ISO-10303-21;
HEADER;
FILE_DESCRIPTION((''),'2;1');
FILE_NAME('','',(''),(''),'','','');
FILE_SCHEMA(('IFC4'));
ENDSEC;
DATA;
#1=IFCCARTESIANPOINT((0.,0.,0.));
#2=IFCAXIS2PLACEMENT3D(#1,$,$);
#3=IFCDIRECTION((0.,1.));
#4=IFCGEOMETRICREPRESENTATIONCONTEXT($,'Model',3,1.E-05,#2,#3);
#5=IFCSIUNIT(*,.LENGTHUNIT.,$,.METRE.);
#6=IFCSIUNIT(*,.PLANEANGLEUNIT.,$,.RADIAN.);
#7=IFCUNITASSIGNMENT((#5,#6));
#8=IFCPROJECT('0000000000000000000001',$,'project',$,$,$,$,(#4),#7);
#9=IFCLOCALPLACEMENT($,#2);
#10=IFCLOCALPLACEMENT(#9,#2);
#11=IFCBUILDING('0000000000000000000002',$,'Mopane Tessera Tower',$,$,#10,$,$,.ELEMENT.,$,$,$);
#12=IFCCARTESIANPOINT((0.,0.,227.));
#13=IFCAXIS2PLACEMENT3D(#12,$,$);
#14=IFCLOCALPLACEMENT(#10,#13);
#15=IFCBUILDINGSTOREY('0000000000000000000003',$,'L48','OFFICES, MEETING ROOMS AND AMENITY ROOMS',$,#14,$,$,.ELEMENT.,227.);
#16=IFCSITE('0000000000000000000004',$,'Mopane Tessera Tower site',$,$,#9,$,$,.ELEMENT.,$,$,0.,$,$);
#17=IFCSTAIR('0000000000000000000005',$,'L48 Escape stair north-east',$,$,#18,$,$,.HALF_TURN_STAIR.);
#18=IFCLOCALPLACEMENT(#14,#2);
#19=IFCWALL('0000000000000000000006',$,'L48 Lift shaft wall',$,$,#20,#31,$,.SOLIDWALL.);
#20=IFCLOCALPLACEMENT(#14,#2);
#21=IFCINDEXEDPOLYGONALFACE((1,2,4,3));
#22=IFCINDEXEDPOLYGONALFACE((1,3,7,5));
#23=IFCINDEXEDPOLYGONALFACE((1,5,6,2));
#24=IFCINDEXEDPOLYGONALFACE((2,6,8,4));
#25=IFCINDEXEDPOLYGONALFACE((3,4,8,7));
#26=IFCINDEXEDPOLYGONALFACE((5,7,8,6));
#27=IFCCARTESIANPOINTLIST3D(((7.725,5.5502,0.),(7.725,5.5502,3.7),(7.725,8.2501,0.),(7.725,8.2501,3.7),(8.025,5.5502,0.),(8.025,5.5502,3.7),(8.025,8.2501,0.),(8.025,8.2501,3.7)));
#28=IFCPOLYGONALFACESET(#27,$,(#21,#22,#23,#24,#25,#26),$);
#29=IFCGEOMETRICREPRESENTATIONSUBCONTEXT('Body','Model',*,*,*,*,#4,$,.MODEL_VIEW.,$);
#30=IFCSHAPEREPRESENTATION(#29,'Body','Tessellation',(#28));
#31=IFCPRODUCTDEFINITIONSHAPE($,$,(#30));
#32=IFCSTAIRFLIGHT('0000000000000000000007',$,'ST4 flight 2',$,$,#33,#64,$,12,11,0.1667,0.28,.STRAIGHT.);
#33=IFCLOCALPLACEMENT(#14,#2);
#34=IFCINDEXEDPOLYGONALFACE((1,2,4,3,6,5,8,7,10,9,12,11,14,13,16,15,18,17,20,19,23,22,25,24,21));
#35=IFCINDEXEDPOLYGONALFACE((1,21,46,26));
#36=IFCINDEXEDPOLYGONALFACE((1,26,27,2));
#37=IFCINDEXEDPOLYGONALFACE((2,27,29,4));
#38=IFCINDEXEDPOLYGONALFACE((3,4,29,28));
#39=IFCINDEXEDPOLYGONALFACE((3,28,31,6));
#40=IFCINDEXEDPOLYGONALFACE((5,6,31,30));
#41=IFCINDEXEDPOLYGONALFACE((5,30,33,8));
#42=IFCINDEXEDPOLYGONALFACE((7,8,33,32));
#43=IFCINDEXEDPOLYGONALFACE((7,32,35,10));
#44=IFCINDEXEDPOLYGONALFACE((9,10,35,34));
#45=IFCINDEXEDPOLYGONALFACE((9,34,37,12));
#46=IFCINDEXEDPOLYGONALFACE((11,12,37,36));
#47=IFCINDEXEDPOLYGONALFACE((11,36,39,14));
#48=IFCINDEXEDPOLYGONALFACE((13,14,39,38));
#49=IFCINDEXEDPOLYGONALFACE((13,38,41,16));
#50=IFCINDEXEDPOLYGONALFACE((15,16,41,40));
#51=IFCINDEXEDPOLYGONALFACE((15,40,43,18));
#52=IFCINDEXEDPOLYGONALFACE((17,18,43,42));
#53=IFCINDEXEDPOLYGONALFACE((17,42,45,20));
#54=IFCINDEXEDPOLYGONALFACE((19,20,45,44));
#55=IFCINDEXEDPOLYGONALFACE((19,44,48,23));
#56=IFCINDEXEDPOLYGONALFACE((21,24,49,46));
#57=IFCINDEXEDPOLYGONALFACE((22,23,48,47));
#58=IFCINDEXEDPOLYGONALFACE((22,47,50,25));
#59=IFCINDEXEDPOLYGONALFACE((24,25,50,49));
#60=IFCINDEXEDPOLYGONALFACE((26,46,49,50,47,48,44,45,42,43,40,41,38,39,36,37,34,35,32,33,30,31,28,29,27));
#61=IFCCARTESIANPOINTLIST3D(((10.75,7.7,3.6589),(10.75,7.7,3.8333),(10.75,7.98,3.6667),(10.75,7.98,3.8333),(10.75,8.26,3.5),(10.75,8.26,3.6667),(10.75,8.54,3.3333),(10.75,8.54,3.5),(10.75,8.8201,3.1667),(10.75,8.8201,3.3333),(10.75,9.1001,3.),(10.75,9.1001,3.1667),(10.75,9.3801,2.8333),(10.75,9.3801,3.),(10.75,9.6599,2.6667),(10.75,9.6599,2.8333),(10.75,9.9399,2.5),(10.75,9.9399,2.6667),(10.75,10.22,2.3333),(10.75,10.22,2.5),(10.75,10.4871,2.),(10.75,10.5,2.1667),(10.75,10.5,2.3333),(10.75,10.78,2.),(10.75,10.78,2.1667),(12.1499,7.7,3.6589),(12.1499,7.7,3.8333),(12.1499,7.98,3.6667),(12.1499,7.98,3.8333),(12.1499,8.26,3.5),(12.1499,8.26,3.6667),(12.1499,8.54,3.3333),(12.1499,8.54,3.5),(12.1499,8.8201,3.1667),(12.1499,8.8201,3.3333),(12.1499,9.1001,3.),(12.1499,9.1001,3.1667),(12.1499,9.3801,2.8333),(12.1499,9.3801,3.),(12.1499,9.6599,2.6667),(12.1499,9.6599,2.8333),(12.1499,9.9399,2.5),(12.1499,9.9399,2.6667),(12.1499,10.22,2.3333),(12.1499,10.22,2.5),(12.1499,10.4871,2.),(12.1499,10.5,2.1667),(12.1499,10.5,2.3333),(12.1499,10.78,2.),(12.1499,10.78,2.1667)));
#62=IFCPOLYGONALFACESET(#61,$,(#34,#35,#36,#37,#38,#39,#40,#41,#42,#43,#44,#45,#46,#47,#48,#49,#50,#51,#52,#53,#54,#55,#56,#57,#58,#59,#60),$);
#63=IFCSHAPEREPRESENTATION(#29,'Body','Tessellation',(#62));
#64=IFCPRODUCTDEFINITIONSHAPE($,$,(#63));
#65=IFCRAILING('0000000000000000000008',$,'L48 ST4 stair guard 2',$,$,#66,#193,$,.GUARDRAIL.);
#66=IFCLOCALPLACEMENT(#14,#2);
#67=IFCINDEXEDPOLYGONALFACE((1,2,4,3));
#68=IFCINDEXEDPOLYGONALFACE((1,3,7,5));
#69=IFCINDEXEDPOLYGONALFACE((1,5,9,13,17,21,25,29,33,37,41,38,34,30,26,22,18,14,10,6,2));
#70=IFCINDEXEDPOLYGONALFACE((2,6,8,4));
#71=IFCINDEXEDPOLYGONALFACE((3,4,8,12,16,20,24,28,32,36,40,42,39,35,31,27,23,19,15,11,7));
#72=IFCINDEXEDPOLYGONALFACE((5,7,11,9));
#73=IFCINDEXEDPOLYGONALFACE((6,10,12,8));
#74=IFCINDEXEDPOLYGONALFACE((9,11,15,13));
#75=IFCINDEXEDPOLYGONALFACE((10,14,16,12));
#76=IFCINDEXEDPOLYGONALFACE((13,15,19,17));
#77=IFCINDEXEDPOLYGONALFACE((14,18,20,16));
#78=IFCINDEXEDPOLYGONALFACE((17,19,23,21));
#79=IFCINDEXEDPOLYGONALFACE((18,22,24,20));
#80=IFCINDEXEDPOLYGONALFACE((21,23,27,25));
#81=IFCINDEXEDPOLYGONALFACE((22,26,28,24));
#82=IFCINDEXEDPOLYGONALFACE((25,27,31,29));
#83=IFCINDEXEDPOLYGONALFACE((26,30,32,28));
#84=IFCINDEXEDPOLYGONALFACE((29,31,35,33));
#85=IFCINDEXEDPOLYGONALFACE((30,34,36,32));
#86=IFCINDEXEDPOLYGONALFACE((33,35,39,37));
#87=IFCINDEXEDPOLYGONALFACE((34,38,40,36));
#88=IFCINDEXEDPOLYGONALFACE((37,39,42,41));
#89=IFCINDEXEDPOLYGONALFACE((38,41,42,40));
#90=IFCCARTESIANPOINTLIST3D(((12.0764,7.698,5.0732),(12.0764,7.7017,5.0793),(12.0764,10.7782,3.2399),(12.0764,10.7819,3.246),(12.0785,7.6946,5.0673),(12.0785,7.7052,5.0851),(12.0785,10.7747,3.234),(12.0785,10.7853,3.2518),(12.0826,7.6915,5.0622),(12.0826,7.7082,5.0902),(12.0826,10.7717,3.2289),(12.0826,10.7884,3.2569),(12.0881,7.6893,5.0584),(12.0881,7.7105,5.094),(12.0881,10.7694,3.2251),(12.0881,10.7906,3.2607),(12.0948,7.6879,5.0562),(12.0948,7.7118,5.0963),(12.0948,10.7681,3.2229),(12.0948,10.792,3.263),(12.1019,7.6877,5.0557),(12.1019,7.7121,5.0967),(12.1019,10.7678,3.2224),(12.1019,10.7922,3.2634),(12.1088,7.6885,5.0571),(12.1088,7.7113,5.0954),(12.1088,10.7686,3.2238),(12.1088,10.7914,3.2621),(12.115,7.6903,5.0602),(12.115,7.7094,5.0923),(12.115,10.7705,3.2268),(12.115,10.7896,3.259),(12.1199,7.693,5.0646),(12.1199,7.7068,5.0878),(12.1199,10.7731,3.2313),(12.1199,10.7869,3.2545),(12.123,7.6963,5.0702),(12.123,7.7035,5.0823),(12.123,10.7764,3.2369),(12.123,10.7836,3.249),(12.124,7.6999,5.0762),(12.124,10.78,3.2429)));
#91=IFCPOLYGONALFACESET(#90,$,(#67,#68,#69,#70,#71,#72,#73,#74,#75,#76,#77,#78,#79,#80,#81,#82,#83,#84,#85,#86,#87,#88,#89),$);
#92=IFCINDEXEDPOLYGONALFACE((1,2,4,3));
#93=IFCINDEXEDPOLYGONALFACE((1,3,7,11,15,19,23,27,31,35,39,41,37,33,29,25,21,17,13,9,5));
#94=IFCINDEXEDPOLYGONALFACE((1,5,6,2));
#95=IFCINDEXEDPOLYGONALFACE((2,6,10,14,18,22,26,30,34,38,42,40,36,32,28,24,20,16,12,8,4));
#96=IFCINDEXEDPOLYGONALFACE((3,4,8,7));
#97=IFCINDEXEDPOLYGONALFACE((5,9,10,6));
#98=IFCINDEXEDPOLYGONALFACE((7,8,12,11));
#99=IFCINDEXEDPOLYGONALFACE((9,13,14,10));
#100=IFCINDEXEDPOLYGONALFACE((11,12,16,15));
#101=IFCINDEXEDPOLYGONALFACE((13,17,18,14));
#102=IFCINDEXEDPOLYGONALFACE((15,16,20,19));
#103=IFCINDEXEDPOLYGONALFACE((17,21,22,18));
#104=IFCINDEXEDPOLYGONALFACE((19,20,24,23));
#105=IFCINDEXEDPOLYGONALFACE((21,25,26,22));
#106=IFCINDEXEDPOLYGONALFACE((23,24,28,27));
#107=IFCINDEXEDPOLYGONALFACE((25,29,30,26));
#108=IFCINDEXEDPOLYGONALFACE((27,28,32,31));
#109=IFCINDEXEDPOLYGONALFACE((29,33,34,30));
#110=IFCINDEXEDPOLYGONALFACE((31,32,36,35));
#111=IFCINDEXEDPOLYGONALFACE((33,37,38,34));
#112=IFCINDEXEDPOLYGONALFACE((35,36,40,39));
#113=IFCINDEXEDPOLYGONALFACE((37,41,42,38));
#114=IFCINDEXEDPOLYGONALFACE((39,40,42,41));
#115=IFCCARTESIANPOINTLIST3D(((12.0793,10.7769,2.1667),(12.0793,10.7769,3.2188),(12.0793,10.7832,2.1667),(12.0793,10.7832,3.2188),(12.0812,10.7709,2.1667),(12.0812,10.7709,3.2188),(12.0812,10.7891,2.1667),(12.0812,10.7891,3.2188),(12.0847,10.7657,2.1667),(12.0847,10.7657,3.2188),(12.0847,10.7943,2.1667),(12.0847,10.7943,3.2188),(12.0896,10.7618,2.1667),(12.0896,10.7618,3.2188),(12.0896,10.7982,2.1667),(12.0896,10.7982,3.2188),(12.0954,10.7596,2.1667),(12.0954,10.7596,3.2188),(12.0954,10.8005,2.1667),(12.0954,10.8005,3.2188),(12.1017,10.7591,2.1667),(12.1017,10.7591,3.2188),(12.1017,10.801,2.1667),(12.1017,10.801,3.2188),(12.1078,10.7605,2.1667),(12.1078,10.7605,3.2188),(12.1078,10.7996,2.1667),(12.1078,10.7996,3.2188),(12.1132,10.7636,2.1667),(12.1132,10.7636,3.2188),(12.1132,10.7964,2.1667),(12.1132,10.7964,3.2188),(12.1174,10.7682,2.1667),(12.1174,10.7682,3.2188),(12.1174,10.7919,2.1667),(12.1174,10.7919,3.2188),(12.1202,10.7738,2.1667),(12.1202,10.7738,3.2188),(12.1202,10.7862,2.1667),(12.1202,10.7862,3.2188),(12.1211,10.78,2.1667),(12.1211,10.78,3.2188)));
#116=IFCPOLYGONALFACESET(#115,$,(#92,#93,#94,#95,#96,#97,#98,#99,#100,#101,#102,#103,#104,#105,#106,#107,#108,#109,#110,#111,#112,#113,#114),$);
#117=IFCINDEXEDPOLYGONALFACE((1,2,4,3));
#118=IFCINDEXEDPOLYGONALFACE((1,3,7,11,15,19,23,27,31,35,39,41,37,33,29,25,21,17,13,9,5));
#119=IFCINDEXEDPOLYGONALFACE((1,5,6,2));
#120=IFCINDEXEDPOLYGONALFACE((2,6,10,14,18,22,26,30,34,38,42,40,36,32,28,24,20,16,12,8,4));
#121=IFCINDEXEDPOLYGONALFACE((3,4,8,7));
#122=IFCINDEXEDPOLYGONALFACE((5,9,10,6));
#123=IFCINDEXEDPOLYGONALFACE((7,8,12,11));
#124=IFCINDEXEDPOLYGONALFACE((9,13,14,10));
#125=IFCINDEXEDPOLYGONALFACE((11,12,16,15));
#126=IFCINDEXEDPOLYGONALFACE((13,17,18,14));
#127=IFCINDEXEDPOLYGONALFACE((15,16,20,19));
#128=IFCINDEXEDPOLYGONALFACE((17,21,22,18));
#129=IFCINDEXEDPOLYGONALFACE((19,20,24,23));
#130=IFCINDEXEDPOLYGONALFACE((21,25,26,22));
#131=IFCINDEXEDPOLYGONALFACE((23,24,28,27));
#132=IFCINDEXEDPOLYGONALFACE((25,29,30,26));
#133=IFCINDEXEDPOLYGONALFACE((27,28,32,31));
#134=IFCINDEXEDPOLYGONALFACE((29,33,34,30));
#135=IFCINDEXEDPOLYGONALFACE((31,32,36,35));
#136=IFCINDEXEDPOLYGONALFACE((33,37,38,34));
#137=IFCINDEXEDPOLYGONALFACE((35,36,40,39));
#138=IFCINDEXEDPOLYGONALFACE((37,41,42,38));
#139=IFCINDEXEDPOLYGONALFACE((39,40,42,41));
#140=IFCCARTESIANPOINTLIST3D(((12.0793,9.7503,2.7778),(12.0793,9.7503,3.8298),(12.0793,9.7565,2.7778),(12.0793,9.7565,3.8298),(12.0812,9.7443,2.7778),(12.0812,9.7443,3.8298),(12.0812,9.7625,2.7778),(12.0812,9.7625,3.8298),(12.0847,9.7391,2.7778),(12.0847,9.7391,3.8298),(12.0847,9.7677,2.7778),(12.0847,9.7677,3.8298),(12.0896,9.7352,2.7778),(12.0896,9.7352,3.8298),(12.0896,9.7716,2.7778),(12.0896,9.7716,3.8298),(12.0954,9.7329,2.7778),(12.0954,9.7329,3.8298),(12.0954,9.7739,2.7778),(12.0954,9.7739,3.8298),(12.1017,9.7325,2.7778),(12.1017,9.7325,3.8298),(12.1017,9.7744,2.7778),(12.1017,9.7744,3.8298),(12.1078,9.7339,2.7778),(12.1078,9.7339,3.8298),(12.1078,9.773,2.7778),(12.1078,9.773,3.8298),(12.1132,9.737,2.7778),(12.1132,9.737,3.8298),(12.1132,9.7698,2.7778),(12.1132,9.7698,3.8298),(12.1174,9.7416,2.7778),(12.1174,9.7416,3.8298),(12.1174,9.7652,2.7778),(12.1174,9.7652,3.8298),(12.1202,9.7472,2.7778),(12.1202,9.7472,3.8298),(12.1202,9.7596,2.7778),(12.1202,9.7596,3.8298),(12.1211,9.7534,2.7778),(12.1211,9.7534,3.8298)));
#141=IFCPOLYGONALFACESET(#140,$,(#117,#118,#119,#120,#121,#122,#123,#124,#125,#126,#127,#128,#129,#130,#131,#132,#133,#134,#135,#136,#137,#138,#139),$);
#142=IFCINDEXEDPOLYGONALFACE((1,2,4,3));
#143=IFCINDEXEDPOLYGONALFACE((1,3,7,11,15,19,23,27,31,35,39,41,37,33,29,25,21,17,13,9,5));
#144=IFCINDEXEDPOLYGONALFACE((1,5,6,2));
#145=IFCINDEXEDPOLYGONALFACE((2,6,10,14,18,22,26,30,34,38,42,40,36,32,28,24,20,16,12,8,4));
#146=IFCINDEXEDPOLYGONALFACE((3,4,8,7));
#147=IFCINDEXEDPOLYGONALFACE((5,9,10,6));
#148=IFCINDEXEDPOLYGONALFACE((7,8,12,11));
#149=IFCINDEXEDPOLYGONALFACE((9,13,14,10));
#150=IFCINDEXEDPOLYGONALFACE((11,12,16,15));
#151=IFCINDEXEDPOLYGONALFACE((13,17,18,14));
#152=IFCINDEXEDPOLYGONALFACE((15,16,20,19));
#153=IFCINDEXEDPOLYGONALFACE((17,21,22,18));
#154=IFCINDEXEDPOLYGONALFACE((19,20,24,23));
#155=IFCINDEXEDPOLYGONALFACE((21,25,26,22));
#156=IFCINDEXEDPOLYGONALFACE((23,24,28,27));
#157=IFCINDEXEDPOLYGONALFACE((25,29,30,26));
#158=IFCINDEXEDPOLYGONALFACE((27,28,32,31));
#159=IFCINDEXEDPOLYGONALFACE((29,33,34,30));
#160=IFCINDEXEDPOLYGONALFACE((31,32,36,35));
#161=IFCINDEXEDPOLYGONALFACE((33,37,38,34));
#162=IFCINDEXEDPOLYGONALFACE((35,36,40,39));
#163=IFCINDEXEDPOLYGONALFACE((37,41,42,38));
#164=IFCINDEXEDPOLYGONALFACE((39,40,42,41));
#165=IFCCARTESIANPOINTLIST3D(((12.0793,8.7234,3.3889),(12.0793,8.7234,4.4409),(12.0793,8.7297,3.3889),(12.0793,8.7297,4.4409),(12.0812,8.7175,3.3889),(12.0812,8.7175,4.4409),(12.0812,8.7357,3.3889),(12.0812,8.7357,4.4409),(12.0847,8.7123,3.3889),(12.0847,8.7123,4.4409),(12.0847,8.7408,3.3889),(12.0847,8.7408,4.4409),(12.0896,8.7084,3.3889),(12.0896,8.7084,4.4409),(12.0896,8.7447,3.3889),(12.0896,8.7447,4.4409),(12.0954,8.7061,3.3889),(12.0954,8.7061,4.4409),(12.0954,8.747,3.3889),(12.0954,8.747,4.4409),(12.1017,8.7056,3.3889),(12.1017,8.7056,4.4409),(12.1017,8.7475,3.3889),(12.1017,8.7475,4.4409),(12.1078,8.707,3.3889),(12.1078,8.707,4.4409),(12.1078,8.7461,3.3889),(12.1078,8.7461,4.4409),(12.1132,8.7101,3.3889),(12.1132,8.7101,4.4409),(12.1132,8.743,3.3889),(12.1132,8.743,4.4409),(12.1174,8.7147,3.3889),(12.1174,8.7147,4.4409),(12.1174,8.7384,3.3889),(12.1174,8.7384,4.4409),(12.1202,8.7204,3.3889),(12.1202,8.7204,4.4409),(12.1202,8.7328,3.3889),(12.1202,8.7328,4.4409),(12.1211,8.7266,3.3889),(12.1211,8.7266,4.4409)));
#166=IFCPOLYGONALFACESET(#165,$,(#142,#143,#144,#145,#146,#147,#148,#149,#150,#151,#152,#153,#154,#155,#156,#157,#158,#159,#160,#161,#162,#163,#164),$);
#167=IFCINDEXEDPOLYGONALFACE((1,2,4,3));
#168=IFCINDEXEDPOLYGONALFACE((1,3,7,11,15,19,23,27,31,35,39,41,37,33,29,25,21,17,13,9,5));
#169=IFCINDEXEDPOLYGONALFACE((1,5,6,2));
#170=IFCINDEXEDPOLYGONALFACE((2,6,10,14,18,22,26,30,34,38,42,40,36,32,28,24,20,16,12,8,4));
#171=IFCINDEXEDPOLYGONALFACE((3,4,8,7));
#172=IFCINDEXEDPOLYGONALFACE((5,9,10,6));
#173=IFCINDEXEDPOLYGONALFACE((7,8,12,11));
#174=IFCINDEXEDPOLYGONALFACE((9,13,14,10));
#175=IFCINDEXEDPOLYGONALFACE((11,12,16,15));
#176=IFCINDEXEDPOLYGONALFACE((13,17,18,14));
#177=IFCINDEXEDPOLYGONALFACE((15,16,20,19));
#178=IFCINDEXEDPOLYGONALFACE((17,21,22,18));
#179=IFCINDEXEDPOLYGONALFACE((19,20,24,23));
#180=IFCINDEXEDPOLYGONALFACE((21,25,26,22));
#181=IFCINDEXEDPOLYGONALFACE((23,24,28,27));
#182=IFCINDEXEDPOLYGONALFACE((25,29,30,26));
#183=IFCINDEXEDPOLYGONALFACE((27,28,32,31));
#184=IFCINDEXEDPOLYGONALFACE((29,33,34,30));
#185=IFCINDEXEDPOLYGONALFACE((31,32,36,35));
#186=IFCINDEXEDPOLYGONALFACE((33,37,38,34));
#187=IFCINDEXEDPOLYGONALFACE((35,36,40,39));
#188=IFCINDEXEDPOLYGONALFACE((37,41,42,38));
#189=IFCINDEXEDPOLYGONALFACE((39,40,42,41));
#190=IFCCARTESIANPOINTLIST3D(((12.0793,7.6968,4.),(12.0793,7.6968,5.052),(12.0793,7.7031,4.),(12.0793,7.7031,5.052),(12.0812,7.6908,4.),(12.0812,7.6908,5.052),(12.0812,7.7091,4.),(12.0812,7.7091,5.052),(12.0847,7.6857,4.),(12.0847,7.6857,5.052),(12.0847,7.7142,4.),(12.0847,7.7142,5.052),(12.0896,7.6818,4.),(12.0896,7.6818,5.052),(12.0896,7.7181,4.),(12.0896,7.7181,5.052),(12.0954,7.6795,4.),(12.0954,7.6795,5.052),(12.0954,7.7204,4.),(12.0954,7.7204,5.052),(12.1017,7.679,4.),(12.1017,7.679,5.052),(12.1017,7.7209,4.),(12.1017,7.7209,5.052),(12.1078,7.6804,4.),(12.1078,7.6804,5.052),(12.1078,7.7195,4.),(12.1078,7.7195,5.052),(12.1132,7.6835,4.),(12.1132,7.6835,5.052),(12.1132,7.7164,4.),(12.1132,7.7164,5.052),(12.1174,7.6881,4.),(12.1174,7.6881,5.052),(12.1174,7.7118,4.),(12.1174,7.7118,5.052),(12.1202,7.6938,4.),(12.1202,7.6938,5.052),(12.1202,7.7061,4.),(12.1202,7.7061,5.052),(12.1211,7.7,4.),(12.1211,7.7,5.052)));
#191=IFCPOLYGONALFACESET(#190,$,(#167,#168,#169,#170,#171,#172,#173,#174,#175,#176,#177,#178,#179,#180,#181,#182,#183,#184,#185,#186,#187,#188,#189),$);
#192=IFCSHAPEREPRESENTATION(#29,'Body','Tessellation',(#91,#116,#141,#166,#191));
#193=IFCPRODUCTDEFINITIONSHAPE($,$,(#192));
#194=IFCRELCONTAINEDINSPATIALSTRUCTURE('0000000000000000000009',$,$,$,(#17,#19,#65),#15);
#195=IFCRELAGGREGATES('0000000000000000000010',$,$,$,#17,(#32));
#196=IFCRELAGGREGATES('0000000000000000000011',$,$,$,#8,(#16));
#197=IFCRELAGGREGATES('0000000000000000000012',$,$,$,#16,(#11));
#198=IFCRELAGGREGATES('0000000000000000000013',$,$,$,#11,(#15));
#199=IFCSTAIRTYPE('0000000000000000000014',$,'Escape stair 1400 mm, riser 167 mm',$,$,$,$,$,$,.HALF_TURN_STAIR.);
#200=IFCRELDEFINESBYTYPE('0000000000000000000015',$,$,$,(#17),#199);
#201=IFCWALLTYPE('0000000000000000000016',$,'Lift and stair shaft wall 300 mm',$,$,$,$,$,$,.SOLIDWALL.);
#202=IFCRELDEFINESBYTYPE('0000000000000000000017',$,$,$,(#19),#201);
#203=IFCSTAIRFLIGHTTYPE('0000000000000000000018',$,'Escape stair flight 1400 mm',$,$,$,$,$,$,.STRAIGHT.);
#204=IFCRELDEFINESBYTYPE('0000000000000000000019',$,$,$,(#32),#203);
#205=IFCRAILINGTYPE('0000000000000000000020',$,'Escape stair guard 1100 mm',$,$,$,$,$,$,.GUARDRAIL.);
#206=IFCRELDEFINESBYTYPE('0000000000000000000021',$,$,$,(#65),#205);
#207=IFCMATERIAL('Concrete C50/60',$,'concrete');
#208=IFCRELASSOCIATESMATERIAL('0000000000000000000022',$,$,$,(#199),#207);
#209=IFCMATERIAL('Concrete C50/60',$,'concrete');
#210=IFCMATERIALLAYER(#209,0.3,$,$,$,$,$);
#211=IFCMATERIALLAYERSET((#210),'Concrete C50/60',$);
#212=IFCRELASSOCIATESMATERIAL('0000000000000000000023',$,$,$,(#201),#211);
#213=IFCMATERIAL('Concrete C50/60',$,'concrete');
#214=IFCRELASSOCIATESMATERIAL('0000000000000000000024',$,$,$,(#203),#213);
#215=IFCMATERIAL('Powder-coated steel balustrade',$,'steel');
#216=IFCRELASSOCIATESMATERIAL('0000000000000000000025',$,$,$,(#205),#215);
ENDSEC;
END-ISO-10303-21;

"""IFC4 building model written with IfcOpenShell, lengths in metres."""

from ifc_helpers import new_model, si_unit, direction, frame, frame_2d, origin, origin_2d, place, context, subcontext, project, spatial, polyline, rectangle, circle, outline, extrude, material, layer, layer_set, type_object, element, aggregate, save


model = new_model("IFC4")

# Units and contexts
model_context = context("Model", 3, precision=1e-05, world=origin(), true_north=direction((0.0, 1.0)))
body_context = subcontext(model_context, "Body", "Model", "MODEL_VIEW")
ifc_project = project(units=[si_unit("LENGTHUNIT", "METRE"), si_unit("PLANEANGLEUNIT", "RADIAN")], contexts=[model_context])

# Site, building, storey
site_placement = place(None, origin())
site = spatial("IfcSite", under=ifc_project, at=site_placement, Name="Mopane Tessera Tower site", CompositionType="ELEMENT", RefElevation=0.0)
building_placement = place(site_placement, origin())
building = spatial("IfcBuilding", under=site, at=building_placement, Name="Mopane Tessera Tower", CompositionType="ELEMENT")
storey_placement = place(building_placement, frame((0.0, 0.0, 227.0)))
storey = spatial("IfcBuildingStorey", under=building, at=storey_placement, Name="L48", Description="OFFICES, MEETING ROOMS AND AMENITY ROOMS", CompositionType="ELEMENT", Elevation=227.0)

# Stair
ifc_material_1 = material(Name="Concrete C50/60", Category="concrete")
stair_type = type_object("IfcStairType", Name="Escape stair 1400 mm, riser 167 mm", PredefinedType="HALF_TURN_STAIR", material=ifc_material_1)
stair_1_placement = place(storey_placement, origin())
stair_1 = element("IfcStair", 1, at=stair_1_placement, inside=storey, type_object=stair_type, Name="L48 Escape stair north-east", PredefinedType="HALF_TURN_STAIR")

# Shared definitions
ifc_material_2 = material(Name="Concrete C50/60", Category="concrete")
ifc_layer_1 = layer(ifc_material_2, 0.3)
ifc_layer_set_1 = layer_set([ifc_layer_1], Name="Concrete C50/60")
wall_type_1 = type_object("IfcWallType", Name="Lift and stair shaft wall 300 mm", PredefinedType="SOLIDWALL", material=ifc_layer_set_1)

# Wall
for number, where, z_axis, x_axis, name in (
    (2, (7.875, 5.55, 0.0), (0.0, 0.0, 1.0), (0.0, 1.0, 0.0), "L48 Lift shaft wall"),
):
    element("IfcWall", number, at=place(storey_placement, frame(where, z_axis=z_axis, x_axis=x_axis)), inside=storey, type_object=wall_type_1, Name=name, PredefinedType="SOLIDWALL", context=body_context, shape_type="SweptSolid", body=[
        extrude(rectangle(XDim=2.7, YDim=0.3, at=frame_2d((1.3501, 0.0))), origin(), (0.0, 0.0, 1.0), 3.7),
    ])

# Stair flight
ifc_material_3 = material(Name="Concrete C50/60", Category="concrete")
stair_flight_type = type_object("IfcStairFlightType", Name="Escape stair flight 1400 mm", PredefinedType="STRAIGHT", material=ifc_material_3)
stair_flight_placement = place(storey_placement, frame((11.45, 10.78, 2.0), z_axis=(0.0, 0.0, 1.0), x_axis=(0.0, -1.0, 0.0)))
stair_flight = element("IfcStairFlight", 3, at=stair_flight_placement, type_object=stair_flight_type, Name="ST4 flight 2", NumberOfRisers=12, NumberOfTreads=11, PredefinedType="STRAIGHT", RiserHeight=0.1667, TreadLength=0.28, context=body_context, shape_type="SweptSolid", body=[
    extrude(outline(polyline([(0.0, 0.0), (0.0, 0.1667), (0.28, 0.1667), (0.28, 0.3333), (0.5601, 0.3333), (0.5601, 0.5), (0.8401, 0.5), (0.8401, 0.6667), (1.1201, 0.6667), (1.1201, 0.8333), (1.3999, 0.8333), (1.3999, 1.0), (1.6799, 1.0), (1.6799, 1.1667), (1.96, 1.1667), (1.96, 1.3333), (2.24, 1.3333), (2.24, 1.5), (2.52, 1.5), (2.52, 1.6667), (2.8, 1.6667), (2.8, 1.8333), (3.0801, 1.8333), (3.0801, 2.0), (3.0801, 1.6589), (0.293, 0.0), (0.0, 0.0)])), frame((0.0, 0.7, 0.0), z_axis=(0.0, -1.0, 0.0), x_axis=(1.0, 0.0, 0.0)), (0.0, 0.0, 1.0), 1.3999),
])
aggregate(stair_1, [stair_flight])

# Railing
ifc_material_4 = material(Name="Powder-coated steel balustrade", Category="steel")
railing_type_1 = type_object("IfcRailingType", Name="Escape stair guard 1100 mm", PredefinedType="GUARDRAIL", material=ifc_material_4)
railing_1_placement = place(storey_placement, frame((12.1001, 10.78, 2.1667)))
element("IfcRailing", 4, at=railing_1_placement, inside=storey, type_object=railing_type_1, Name="L48 ST4 stair guard 2", PredefinedType="GUARDRAIL", context=body_context, shape_type="SweptSolid", body=[
    extrude(circle(Radius=0.0239, at=origin_2d()), frame((0.0, 0.0, 1.0762), z_axis=(0.0, -0.859309, 0.511458), x_axis=(1.0, 0.0, 0.0)), (0.0, 0.0, 1.0), 3.5845),
    extrude(circle(Radius=0.021, at=origin_2d()), origin(), (0.0, 0.0, 1.0), 1.052),
    extrude(circle(Radius=0.021, at=origin_2d()), frame((0.0, -1.0266, 0.6111)), (0.0, 0.0, 1.0), 1.052),
    extrude(circle(Radius=0.021, at=origin_2d()), frame((0.0, -2.0535, 1.2222)), (0.0, 0.0, 1.0), 1.052),
    extrude(circle(Radius=0.021, at=origin_2d()), frame((0.0, -3.0801, 1.8333)), (0.0, 0.0, 1.0), 1.052),
])

save(model, "model.ifc")
